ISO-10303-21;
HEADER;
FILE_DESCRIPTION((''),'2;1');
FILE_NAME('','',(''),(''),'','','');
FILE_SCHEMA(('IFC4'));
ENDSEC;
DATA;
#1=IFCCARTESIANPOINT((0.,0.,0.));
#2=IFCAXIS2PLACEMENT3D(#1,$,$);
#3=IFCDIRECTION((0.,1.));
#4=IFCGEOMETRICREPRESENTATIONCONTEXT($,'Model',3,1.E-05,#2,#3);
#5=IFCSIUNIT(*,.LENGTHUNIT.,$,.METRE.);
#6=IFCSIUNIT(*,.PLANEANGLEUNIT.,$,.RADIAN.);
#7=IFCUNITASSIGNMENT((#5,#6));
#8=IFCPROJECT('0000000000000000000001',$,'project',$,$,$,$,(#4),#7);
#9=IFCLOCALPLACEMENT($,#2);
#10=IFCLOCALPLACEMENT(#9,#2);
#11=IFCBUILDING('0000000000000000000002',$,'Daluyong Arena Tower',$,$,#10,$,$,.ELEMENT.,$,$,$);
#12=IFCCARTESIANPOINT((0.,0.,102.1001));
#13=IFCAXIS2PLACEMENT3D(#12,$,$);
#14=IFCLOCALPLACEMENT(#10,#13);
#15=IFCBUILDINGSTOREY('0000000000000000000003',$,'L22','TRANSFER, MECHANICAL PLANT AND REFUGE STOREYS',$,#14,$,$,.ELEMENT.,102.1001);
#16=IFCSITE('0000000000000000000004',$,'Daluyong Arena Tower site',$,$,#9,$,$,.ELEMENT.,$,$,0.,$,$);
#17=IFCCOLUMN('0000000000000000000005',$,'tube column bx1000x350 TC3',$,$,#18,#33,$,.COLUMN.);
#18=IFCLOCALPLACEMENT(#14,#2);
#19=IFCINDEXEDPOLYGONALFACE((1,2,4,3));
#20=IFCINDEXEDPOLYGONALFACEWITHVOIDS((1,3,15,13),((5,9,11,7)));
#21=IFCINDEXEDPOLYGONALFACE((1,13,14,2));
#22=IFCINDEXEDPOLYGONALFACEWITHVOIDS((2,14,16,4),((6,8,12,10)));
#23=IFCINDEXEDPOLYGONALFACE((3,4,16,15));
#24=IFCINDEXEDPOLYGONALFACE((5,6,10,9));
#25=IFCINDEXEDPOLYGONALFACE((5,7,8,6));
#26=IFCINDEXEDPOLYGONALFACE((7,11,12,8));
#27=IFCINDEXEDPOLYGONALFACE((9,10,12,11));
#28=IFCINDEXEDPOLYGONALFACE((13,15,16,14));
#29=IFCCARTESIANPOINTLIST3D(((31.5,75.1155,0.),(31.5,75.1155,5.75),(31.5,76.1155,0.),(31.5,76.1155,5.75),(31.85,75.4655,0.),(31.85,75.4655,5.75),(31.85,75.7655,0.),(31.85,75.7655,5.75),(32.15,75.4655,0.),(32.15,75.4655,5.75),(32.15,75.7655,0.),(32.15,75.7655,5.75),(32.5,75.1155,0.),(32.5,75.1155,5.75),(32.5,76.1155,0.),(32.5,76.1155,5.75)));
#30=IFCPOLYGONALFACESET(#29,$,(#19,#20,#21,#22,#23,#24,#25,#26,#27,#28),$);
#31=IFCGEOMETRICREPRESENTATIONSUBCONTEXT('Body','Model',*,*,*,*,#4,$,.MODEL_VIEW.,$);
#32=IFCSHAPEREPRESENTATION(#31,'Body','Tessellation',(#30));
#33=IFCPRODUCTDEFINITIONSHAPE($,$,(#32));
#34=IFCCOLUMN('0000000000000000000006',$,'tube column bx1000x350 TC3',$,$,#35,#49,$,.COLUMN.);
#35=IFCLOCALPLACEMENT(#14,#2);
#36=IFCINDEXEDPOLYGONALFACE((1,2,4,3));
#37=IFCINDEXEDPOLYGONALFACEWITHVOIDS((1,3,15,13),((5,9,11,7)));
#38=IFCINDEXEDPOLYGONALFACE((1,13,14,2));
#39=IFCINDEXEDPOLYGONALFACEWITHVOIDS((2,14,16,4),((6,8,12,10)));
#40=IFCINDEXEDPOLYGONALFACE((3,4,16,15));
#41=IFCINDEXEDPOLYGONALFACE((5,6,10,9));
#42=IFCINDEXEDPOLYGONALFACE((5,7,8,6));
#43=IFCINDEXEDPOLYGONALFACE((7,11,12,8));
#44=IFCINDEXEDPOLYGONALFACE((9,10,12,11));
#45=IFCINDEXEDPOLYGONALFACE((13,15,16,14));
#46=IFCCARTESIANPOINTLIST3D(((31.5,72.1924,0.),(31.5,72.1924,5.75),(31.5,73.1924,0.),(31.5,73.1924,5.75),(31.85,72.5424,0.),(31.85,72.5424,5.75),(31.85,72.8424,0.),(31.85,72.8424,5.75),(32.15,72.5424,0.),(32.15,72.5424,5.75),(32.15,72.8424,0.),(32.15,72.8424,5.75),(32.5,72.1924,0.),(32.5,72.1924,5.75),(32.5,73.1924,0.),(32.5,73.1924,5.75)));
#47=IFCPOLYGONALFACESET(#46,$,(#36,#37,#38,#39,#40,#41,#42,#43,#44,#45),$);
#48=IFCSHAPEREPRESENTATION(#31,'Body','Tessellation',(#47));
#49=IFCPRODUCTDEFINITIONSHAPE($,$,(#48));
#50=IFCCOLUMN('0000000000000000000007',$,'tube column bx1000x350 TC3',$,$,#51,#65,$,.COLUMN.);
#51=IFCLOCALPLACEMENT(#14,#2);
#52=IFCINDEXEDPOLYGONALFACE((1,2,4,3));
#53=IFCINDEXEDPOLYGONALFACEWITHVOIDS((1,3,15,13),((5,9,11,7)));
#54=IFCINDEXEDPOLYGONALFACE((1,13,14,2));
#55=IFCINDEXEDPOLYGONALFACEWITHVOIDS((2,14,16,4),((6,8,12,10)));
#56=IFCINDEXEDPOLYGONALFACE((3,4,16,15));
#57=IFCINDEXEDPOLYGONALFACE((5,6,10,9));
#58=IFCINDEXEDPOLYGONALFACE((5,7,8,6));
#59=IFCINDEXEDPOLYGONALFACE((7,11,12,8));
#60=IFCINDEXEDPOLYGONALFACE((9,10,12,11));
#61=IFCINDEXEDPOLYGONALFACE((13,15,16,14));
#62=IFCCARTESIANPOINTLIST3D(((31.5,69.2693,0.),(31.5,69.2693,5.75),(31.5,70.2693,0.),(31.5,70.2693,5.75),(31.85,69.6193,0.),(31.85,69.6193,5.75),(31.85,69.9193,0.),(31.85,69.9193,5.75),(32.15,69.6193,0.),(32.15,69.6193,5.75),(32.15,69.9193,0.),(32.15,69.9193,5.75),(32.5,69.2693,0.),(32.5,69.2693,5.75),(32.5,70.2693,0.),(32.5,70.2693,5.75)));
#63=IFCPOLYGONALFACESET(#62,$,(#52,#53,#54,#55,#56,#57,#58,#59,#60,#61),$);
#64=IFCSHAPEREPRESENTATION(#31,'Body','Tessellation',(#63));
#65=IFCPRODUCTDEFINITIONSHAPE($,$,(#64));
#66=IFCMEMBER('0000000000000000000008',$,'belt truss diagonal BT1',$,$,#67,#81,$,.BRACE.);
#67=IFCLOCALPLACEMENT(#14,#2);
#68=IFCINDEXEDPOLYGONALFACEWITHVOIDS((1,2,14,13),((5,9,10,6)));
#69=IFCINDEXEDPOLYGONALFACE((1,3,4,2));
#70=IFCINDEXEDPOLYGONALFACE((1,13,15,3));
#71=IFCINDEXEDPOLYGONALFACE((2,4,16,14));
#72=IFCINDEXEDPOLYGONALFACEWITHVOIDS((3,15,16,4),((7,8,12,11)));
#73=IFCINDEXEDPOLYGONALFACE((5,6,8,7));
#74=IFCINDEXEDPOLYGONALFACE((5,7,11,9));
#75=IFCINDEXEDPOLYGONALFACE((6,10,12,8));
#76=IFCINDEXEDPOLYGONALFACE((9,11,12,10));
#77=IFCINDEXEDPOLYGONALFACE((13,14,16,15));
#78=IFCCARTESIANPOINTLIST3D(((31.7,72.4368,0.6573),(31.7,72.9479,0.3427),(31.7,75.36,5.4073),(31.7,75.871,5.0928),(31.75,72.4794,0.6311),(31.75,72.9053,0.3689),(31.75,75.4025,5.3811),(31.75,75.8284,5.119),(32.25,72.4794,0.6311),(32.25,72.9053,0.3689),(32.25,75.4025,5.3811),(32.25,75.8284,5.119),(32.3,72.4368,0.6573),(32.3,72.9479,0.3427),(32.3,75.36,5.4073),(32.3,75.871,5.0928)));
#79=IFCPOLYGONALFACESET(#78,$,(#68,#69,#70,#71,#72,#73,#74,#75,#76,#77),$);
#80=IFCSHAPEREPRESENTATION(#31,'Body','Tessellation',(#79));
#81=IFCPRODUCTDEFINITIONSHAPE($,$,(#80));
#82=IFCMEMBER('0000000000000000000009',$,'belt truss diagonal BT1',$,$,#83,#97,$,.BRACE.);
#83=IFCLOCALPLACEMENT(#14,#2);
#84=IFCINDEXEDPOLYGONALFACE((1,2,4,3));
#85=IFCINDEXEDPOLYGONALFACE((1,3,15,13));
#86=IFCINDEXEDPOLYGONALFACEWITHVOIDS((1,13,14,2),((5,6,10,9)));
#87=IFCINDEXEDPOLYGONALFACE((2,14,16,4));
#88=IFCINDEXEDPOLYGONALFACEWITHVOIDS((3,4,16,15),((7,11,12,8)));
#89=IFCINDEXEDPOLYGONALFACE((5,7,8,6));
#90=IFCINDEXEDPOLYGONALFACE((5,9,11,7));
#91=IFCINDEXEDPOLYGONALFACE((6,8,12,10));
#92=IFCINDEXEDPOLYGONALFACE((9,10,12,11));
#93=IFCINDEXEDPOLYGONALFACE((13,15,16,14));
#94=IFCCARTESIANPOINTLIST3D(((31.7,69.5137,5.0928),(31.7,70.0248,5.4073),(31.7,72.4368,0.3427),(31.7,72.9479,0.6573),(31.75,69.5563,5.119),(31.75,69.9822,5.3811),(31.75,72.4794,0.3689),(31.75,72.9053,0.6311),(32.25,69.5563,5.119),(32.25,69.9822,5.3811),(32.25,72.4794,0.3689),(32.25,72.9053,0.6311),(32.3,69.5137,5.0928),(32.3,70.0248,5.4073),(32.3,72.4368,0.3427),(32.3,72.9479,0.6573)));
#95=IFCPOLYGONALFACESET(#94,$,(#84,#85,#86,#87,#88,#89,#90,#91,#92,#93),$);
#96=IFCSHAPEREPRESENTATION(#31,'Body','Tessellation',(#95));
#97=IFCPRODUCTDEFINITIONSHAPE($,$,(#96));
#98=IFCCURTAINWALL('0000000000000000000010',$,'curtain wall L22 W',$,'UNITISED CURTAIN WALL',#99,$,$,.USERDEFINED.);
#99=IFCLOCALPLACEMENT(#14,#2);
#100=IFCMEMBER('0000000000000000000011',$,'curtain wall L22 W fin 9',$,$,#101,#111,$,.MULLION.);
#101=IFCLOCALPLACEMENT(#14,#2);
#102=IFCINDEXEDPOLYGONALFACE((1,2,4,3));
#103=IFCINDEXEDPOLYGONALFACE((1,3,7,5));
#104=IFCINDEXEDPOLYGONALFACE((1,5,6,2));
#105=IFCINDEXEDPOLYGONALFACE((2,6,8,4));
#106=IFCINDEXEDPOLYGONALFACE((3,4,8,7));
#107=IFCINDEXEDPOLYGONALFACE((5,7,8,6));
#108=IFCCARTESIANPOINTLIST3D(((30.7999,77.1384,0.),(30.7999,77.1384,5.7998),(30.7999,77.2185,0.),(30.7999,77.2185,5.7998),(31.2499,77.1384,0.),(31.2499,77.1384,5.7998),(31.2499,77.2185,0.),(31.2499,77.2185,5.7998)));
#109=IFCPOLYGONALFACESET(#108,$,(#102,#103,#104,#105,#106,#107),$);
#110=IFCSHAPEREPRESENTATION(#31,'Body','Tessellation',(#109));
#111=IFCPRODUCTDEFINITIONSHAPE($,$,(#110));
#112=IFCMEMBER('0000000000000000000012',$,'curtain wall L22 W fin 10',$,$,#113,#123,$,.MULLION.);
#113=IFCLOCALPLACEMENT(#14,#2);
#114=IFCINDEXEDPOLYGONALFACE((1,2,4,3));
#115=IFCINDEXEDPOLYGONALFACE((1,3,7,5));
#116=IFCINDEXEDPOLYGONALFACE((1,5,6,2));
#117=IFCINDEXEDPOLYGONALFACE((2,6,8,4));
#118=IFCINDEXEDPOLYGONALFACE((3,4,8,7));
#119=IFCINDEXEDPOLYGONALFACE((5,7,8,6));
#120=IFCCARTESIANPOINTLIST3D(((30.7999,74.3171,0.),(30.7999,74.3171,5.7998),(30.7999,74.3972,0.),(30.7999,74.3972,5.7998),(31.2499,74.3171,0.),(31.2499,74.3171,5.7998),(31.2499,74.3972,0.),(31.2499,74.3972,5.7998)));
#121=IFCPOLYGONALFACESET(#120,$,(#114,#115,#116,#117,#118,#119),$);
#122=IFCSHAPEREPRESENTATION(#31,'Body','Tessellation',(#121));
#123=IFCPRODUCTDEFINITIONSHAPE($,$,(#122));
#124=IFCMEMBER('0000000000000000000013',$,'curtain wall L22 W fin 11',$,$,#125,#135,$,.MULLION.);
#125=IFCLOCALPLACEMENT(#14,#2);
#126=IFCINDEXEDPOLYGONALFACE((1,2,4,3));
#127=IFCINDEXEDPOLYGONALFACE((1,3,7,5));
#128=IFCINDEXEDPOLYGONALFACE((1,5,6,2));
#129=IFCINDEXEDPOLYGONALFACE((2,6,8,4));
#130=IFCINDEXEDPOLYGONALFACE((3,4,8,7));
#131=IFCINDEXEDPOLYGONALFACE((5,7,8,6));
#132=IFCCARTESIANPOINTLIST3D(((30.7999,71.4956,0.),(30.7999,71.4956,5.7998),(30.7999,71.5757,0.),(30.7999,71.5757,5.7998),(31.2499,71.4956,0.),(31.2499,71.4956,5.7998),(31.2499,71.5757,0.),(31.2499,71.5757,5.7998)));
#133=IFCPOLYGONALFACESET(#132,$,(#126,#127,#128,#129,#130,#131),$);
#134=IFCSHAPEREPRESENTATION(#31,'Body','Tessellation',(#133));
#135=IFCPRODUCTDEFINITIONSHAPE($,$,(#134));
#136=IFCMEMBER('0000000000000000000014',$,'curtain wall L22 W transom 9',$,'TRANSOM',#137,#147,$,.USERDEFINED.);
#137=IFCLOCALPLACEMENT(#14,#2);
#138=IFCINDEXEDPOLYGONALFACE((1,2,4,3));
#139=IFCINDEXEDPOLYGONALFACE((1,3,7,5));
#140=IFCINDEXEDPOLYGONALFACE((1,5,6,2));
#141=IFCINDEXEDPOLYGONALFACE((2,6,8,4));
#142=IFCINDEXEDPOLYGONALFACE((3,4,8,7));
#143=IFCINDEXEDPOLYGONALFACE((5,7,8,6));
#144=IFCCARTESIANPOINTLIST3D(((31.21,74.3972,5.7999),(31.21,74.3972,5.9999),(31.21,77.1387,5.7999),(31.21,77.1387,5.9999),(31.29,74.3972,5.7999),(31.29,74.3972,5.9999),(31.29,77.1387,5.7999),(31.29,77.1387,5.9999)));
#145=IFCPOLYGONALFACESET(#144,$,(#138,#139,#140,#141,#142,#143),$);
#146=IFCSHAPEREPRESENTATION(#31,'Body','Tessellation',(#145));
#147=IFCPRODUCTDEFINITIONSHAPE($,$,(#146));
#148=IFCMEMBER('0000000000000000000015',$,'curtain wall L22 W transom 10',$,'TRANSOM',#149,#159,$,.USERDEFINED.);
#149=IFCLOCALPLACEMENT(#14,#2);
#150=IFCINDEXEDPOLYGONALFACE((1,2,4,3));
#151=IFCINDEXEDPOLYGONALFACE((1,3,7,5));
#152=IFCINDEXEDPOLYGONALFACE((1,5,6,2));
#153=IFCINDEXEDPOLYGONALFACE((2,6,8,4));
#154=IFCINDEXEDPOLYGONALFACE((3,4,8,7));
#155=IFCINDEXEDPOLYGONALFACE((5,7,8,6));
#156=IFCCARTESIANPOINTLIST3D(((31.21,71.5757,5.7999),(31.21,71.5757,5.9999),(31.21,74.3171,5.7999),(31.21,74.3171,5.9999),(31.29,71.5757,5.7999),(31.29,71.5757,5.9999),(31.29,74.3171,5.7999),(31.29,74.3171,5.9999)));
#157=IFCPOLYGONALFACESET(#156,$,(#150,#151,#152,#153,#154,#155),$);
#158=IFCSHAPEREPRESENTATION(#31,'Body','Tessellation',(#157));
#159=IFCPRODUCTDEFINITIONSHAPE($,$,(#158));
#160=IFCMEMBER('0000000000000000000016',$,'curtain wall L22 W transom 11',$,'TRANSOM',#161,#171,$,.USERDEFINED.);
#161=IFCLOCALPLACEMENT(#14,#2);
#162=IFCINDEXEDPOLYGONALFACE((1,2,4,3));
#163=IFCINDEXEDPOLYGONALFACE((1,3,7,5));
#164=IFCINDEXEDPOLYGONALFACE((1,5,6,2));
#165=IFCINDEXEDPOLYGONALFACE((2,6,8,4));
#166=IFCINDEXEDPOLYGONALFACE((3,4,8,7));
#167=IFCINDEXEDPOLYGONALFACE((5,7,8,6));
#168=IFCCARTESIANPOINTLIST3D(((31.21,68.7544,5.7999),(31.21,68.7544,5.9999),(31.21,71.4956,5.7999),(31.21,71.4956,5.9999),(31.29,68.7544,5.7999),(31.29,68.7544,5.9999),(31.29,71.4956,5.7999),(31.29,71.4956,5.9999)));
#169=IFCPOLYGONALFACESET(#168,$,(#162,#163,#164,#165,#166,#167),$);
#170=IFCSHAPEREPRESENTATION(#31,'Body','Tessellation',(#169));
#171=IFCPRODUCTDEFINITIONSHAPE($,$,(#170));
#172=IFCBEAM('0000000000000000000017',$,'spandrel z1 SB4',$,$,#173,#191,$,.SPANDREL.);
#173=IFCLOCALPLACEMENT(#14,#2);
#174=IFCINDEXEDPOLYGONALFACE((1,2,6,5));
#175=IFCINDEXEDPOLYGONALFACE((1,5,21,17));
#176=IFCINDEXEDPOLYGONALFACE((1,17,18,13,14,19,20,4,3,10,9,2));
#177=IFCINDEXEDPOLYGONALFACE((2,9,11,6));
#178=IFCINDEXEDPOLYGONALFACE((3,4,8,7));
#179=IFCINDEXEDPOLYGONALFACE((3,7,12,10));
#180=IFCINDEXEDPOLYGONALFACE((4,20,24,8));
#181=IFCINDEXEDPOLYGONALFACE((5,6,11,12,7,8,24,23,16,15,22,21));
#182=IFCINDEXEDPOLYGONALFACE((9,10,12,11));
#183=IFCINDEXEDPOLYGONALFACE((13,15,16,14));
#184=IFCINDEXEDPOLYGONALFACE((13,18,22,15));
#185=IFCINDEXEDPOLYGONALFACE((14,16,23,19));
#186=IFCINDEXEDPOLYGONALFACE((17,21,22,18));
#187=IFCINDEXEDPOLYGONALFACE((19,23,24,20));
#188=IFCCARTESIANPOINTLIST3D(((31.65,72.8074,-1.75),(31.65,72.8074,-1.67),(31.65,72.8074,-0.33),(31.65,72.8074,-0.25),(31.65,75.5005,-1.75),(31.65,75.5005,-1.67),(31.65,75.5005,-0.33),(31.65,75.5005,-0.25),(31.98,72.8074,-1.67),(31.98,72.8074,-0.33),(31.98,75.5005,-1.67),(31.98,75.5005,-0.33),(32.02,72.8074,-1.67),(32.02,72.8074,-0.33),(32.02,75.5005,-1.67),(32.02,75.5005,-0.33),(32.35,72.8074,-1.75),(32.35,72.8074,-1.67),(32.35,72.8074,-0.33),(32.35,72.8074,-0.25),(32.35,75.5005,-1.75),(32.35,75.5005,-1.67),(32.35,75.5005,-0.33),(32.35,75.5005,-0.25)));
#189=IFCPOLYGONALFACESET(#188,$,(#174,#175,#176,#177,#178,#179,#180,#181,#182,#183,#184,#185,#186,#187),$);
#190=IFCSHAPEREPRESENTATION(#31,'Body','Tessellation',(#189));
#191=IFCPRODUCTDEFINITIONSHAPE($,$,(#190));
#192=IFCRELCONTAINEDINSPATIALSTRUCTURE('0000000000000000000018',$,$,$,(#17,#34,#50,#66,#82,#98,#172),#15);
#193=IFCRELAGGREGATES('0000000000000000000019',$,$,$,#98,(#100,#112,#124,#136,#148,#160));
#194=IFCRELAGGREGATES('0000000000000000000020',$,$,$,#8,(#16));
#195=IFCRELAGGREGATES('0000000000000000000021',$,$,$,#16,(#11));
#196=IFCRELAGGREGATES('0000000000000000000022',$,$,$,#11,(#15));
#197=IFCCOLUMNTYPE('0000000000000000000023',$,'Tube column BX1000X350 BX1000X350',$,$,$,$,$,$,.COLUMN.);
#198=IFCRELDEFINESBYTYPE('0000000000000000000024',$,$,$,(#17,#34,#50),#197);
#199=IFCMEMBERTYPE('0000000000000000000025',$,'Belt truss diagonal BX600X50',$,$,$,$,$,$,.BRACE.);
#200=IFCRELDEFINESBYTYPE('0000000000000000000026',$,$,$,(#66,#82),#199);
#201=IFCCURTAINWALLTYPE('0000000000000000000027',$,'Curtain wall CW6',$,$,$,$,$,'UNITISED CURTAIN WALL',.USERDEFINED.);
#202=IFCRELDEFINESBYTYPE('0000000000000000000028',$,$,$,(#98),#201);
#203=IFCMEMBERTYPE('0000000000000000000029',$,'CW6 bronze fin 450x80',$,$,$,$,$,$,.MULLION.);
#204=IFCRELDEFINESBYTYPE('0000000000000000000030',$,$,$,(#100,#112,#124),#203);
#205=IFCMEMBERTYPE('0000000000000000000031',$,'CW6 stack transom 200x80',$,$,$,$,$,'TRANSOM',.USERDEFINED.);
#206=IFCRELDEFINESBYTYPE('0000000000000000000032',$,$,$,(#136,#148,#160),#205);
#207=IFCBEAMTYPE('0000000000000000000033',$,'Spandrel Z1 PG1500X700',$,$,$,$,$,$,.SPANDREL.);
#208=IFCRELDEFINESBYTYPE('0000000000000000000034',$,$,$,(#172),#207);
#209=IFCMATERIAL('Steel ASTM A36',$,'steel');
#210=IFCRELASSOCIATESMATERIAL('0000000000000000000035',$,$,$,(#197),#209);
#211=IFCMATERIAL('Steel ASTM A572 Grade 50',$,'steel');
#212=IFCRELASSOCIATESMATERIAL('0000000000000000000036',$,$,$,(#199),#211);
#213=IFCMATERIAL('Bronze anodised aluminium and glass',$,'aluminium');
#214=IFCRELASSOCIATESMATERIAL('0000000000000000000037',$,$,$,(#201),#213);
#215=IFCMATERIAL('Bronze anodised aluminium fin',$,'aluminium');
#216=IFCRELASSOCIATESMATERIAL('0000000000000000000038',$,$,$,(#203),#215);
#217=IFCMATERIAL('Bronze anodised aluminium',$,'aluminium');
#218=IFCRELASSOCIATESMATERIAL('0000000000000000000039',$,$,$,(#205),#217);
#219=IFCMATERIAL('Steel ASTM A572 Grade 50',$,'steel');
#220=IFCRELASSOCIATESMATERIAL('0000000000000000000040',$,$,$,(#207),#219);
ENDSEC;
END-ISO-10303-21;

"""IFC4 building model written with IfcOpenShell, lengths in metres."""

from ifc_helpers import new_model, si_unit, direction, frame, origin, origin_2d, place, context, subcontext, project, spatial, rectangle, hollow_rectangle, i_section, extrude, material, material_profile, profile_set, type_object, element, aggregate, save


model = new_model("IFC4")

# Units and contexts
model_context = context("Model", 3, precision=1e-05, world=origin(), true_north=direction((0.0, 1.0)))
body_context = subcontext(model_context, "Body", "Model", "MODEL_VIEW")
ifc_project = project(units=[si_unit("LENGTHUNIT", "METRE"), si_unit("PLANEANGLEUNIT", "RADIAN")], contexts=[model_context])

# Site, building, storey
site_placement = place(None, origin())
site = spatial("IfcSite", under=ifc_project, at=site_placement, Name="Daluyong Arena Tower site", CompositionType="ELEMENT", RefElevation=0.0)
building_placement = place(site_placement, origin())
building = spatial("IfcBuilding", under=site, at=building_placement, Name="Daluyong Arena Tower", CompositionType="ELEMENT")
storey_placement = place(building_placement, frame((0.0, 0.0, 102.1001)))
storey = spatial("IfcBuildingStorey", under=building, at=storey_placement, Name="L22", Description="TRANSFER, MECHANICAL PLANT AND REFUGE STOREYS", CompositionType="ELEMENT", Elevation=102.1001)

# Columns
ifc_material_1 = material(Name="Steel ASTM A36", Category="steel")
ifc_material_profile_1 = material_profile(ifc_material_1, hollow_rectangle(XDim=1.0, YDim=1.0, WallThickness=0.35, at=origin_2d()))
ifc_profile_set_1 = profile_set([ifc_material_profile_1], Name="Steel ASTM A36")
column_type = type_object("IfcColumnType", Name="Tube column BX1000X350 BX1000X350", PredefinedType="COLUMN", material=ifc_profile_set_1)
for number, where, z_axis, x_axis, name in (
    (1, (32.0, 75.6155, 0.0), (0.0, 0.0, 1.0), (0.0, 1.0, 0.0), "tube column bx1000x350 TC3"),
    (2, (32.0, 72.6924, 0.0), (0.0, 0.0, 1.0), (0.0, 1.0, 0.0), "tube column bx1000x350 TC3"),
    (3, (32.0, 69.7693, 0.0), (0.0, 0.0, 1.0), (0.0, 1.0, 0.0), "tube column bx1000x350 TC3"),
):
    element("IfcColumn", number, at=place(storey_placement, frame(where, z_axis=z_axis, x_axis=x_axis)), inside=storey, type_object=column_type, Name=name, PredefinedType="COLUMN", context=body_context, shape_type="SweptSolid", body=[
        extrude(hollow_rectangle(XDim=1.0, YDim=1.0, WallThickness=0.35, at=origin_2d()), origin(), (0.0, 0.0, 1.0), 5.75),
    ])

# Members
ifc_material_2 = material(Name="Steel ASTM A572 Grade 50", Category="steel")
ifc_material_profile_2 = material_profile(ifc_material_2, hollow_rectangle(XDim=0.6001, YDim=0.6001, WallThickness=0.05, at=origin_2d()))
ifc_profile_set_2 = profile_set([ifc_material_profile_2], Name="Steel ASTM A572 Grade 50")
member_type_1 = type_object("IfcMemberType", Name="Belt truss diagonal BX600X50", PredefinedType="BRACE", material=ifc_profile_set_2)
for number, where, z_axis, x_axis, name in (
    (4, (32.0, 72.6924, 0.5), (0.0, 0.5241, 0.851657), (-1.0, 0.0, 0.0), "belt truss diagonal BT1"),
    (5, (32.0, 72.6924, 0.5), (0.0, -0.5241, 0.851657), (1.0, 0.0, 0.0), "belt truss diagonal BT1"),
):
    element("IfcMember", number, at=place(storey_placement, frame(where, z_axis=z_axis, x_axis=x_axis)), inside=storey, type_object=member_type_1, Name=name, PredefinedType="BRACE", context=body_context, shape_type="SweptSolid", body=[
        extrude(hollow_rectangle(XDim=0.6001, YDim=0.6001, WallThickness=0.05, at=origin_2d()), origin(), (0.0, 0.0, 1.0), 5.5774),
    ])

# Curtain wall, members
ifc_material_3 = material(Name="Bronze anodised aluminium and glass", Category="aluminium")
curtain_wall_type = type_object("IfcCurtainWallType", Name="Curtain wall CW6", ElementType="UNITISED CURTAIN WALL", PredefinedType="USERDEFINED", material=ifc_material_3)
curtain_wall_placement = place(storey_placement, origin())
curtain_wall = element("IfcCurtainWall", 6, at=curtain_wall_placement, inside=storey, type_object=curtain_wall_type, Name="curtain wall L22 W", ObjectType="UNITISED CURTAIN WALL", PredefinedType="USERDEFINED")
ifc_material_4 = material(Name="Bronze anodised aluminium fin", Category="aluminium")
ifc_material_profile_3 = material_profile(ifc_material_4, rectangle(XDim=0.45, YDim=0.0801, at=origin_2d()))
ifc_profile_set_3 = profile_set([ifc_material_profile_3], Name="Bronze anodised aluminium fin")
member_type_2 = type_object("IfcMemberType", Name="CW6 bronze fin 450x80", PredefinedType="MULLION", material=ifc_profile_set_3)
member_1_placement = place(storey_placement, frame((31.0249, 77.1785, 0.0), z_axis=(0.0, 0.0, 1.0), x_axis=(1.0, 0.0, 0.0)))
member_1 = element("IfcMember", 7, at=member_1_placement, type_object=member_type_2, Name="curtain wall L22 W fin 9", PredefinedType="MULLION", context=body_context, shape_type="SweptSolid", body=[
    extrude(rectangle(XDim=0.45, YDim=0.0801, at=origin_2d()), origin(), (0.0, 0.0, 1.0), 5.7998),
])
member_2_placement = place(storey_placement, frame((31.0249, 74.3572, 0.0), z_axis=(0.0, 0.0, 1.0), x_axis=(1.0, 0.0, 0.0)))
member_2 = element("IfcMember", 8, at=member_2_placement, type_object=member_type_2, Name="curtain wall L22 W fin 10", PredefinedType="MULLION", context=body_context, shape_type="SweptSolid", body=[
    extrude(rectangle(XDim=0.45, YDim=0.0801, at=origin_2d()), origin(), (0.0, 0.0, 1.0), 5.7998),
])
member_3_placement = place(storey_placement, frame((31.0249, 71.5356, 0.0), z_axis=(0.0, 0.0, 1.0), x_axis=(1.0, 0.0, 0.0)))
member_3 = element("IfcMember", 9, at=member_3_placement, type_object=member_type_2, Name="curtain wall L22 W fin 11", PredefinedType="MULLION", context=body_context, shape_type="SweptSolid", body=[
    extrude(rectangle(XDim=0.45, YDim=0.0801, at=origin_2d()), origin(), (0.0, 0.0, 1.0), 5.7998),
])
ifc_material_5 = material(Name="Bronze anodised aluminium", Category="aluminium")
ifc_material_profile_4 = material_profile(ifc_material_5, rectangle(XDim=0.0801, YDim=0.2, at=origin_2d()))
ifc_profile_set_4 = profile_set([ifc_material_profile_4], Name="Bronze anodised aluminium")
member_type_3 = type_object("IfcMemberType", Name="CW6 stack transom 200x80", ElementType="TRANSOM", PredefinedType="USERDEFINED", material=ifc_profile_set_4)
member_4_placement = place(storey_placement, frame((31.25, 77.1387, 5.8999), z_axis=(0.0, -1.0, 0.0), x_axis=(1.0, 0.0, 0.0)))
member_4 = element("IfcMember", 10, at=member_4_placement, type_object=member_type_3, Name="curtain wall L22 W transom 9", ObjectType="TRANSOM", PredefinedType="USERDEFINED", context=body_context, shape_type="SweptSolid", body=[
    extrude(rectangle(XDim=0.0801, YDim=0.2, at=origin_2d()), origin(), (0.0, 0.0, 1.0), 2.7415),
])
member_5_placement = place(storey_placement, frame((31.25, 74.3171, 5.8999), z_axis=(0.0, -1.0, 0.0), x_axis=(1.0, 0.0, 0.0)))
member_5 = element("IfcMember", 11, at=member_5_placement, type_object=member_type_3, Name="curtain wall L22 W transom 10", ObjectType="TRANSOM", PredefinedType="USERDEFINED", context=body_context, shape_type="SweptSolid", body=[
    extrude(rectangle(XDim=0.0801, YDim=0.2, at=origin_2d()), origin(), (0.0, 0.0, 1.0), 2.7415),
])
member_6_placement = place(storey_placement, frame((31.25, 71.4956, 5.8999), z_axis=(0.0, -1.0, 0.0), x_axis=(1.0, 0.0, 0.0)))
member_6 = element("IfcMember", 12, at=member_6_placement, type_object=member_type_3, Name="curtain wall L22 W transom 11", ObjectType="TRANSOM", PredefinedType="USERDEFINED", context=body_context, shape_type="SweptSolid", body=[
    extrude(rectangle(XDim=0.0801, YDim=0.2, at=origin_2d()), origin(), (0.0, 0.0, 1.0), 2.7412),
])

# Beam
ifc_material_6 = material(Name="Steel ASTM A572 Grade 50", Category="steel")
ifc_material_profile_5 = material_profile(ifc_material_6, i_section(OverallWidth=0.7, OverallDepth=1.5, WebThickness=0.04, FlangeThickness=0.08, at=origin_2d()))
ifc_profile_set_5 = profile_set([ifc_material_profile_5], Name="Steel ASTM A572 Grade 50")
beam_type = type_object("IfcBeamType", Name="Spandrel Z1 PG1500X700", PredefinedType="SPANDREL", material=ifc_profile_set_5)
for number, where, z_axis, x_axis, name in (
    (13, (32.0, 75.5005, -1.0), (0.0, -1.0, 0.0), (1.0, 0.0, 0.0), "spandrel z1 SB4"),
):
    element("IfcBeam", number, at=place(storey_placement, frame(where, z_axis=z_axis, x_axis=x_axis)), inside=storey, type_object=beam_type, Name=name, PredefinedType="SPANDREL", context=body_context, shape_type="SweptSolid", body=[
        extrude(i_section(OverallWidth=0.7, OverallDepth=1.5, WebThickness=0.04, FlangeThickness=0.08, at=origin_2d()), origin(), (0.0, 0.0, 1.0), 2.6931),
    ])

aggregate(curtain_wall, [member_1, member_2, member_3, member_4, member_5, member_6])

save(model, "model.ifc")
